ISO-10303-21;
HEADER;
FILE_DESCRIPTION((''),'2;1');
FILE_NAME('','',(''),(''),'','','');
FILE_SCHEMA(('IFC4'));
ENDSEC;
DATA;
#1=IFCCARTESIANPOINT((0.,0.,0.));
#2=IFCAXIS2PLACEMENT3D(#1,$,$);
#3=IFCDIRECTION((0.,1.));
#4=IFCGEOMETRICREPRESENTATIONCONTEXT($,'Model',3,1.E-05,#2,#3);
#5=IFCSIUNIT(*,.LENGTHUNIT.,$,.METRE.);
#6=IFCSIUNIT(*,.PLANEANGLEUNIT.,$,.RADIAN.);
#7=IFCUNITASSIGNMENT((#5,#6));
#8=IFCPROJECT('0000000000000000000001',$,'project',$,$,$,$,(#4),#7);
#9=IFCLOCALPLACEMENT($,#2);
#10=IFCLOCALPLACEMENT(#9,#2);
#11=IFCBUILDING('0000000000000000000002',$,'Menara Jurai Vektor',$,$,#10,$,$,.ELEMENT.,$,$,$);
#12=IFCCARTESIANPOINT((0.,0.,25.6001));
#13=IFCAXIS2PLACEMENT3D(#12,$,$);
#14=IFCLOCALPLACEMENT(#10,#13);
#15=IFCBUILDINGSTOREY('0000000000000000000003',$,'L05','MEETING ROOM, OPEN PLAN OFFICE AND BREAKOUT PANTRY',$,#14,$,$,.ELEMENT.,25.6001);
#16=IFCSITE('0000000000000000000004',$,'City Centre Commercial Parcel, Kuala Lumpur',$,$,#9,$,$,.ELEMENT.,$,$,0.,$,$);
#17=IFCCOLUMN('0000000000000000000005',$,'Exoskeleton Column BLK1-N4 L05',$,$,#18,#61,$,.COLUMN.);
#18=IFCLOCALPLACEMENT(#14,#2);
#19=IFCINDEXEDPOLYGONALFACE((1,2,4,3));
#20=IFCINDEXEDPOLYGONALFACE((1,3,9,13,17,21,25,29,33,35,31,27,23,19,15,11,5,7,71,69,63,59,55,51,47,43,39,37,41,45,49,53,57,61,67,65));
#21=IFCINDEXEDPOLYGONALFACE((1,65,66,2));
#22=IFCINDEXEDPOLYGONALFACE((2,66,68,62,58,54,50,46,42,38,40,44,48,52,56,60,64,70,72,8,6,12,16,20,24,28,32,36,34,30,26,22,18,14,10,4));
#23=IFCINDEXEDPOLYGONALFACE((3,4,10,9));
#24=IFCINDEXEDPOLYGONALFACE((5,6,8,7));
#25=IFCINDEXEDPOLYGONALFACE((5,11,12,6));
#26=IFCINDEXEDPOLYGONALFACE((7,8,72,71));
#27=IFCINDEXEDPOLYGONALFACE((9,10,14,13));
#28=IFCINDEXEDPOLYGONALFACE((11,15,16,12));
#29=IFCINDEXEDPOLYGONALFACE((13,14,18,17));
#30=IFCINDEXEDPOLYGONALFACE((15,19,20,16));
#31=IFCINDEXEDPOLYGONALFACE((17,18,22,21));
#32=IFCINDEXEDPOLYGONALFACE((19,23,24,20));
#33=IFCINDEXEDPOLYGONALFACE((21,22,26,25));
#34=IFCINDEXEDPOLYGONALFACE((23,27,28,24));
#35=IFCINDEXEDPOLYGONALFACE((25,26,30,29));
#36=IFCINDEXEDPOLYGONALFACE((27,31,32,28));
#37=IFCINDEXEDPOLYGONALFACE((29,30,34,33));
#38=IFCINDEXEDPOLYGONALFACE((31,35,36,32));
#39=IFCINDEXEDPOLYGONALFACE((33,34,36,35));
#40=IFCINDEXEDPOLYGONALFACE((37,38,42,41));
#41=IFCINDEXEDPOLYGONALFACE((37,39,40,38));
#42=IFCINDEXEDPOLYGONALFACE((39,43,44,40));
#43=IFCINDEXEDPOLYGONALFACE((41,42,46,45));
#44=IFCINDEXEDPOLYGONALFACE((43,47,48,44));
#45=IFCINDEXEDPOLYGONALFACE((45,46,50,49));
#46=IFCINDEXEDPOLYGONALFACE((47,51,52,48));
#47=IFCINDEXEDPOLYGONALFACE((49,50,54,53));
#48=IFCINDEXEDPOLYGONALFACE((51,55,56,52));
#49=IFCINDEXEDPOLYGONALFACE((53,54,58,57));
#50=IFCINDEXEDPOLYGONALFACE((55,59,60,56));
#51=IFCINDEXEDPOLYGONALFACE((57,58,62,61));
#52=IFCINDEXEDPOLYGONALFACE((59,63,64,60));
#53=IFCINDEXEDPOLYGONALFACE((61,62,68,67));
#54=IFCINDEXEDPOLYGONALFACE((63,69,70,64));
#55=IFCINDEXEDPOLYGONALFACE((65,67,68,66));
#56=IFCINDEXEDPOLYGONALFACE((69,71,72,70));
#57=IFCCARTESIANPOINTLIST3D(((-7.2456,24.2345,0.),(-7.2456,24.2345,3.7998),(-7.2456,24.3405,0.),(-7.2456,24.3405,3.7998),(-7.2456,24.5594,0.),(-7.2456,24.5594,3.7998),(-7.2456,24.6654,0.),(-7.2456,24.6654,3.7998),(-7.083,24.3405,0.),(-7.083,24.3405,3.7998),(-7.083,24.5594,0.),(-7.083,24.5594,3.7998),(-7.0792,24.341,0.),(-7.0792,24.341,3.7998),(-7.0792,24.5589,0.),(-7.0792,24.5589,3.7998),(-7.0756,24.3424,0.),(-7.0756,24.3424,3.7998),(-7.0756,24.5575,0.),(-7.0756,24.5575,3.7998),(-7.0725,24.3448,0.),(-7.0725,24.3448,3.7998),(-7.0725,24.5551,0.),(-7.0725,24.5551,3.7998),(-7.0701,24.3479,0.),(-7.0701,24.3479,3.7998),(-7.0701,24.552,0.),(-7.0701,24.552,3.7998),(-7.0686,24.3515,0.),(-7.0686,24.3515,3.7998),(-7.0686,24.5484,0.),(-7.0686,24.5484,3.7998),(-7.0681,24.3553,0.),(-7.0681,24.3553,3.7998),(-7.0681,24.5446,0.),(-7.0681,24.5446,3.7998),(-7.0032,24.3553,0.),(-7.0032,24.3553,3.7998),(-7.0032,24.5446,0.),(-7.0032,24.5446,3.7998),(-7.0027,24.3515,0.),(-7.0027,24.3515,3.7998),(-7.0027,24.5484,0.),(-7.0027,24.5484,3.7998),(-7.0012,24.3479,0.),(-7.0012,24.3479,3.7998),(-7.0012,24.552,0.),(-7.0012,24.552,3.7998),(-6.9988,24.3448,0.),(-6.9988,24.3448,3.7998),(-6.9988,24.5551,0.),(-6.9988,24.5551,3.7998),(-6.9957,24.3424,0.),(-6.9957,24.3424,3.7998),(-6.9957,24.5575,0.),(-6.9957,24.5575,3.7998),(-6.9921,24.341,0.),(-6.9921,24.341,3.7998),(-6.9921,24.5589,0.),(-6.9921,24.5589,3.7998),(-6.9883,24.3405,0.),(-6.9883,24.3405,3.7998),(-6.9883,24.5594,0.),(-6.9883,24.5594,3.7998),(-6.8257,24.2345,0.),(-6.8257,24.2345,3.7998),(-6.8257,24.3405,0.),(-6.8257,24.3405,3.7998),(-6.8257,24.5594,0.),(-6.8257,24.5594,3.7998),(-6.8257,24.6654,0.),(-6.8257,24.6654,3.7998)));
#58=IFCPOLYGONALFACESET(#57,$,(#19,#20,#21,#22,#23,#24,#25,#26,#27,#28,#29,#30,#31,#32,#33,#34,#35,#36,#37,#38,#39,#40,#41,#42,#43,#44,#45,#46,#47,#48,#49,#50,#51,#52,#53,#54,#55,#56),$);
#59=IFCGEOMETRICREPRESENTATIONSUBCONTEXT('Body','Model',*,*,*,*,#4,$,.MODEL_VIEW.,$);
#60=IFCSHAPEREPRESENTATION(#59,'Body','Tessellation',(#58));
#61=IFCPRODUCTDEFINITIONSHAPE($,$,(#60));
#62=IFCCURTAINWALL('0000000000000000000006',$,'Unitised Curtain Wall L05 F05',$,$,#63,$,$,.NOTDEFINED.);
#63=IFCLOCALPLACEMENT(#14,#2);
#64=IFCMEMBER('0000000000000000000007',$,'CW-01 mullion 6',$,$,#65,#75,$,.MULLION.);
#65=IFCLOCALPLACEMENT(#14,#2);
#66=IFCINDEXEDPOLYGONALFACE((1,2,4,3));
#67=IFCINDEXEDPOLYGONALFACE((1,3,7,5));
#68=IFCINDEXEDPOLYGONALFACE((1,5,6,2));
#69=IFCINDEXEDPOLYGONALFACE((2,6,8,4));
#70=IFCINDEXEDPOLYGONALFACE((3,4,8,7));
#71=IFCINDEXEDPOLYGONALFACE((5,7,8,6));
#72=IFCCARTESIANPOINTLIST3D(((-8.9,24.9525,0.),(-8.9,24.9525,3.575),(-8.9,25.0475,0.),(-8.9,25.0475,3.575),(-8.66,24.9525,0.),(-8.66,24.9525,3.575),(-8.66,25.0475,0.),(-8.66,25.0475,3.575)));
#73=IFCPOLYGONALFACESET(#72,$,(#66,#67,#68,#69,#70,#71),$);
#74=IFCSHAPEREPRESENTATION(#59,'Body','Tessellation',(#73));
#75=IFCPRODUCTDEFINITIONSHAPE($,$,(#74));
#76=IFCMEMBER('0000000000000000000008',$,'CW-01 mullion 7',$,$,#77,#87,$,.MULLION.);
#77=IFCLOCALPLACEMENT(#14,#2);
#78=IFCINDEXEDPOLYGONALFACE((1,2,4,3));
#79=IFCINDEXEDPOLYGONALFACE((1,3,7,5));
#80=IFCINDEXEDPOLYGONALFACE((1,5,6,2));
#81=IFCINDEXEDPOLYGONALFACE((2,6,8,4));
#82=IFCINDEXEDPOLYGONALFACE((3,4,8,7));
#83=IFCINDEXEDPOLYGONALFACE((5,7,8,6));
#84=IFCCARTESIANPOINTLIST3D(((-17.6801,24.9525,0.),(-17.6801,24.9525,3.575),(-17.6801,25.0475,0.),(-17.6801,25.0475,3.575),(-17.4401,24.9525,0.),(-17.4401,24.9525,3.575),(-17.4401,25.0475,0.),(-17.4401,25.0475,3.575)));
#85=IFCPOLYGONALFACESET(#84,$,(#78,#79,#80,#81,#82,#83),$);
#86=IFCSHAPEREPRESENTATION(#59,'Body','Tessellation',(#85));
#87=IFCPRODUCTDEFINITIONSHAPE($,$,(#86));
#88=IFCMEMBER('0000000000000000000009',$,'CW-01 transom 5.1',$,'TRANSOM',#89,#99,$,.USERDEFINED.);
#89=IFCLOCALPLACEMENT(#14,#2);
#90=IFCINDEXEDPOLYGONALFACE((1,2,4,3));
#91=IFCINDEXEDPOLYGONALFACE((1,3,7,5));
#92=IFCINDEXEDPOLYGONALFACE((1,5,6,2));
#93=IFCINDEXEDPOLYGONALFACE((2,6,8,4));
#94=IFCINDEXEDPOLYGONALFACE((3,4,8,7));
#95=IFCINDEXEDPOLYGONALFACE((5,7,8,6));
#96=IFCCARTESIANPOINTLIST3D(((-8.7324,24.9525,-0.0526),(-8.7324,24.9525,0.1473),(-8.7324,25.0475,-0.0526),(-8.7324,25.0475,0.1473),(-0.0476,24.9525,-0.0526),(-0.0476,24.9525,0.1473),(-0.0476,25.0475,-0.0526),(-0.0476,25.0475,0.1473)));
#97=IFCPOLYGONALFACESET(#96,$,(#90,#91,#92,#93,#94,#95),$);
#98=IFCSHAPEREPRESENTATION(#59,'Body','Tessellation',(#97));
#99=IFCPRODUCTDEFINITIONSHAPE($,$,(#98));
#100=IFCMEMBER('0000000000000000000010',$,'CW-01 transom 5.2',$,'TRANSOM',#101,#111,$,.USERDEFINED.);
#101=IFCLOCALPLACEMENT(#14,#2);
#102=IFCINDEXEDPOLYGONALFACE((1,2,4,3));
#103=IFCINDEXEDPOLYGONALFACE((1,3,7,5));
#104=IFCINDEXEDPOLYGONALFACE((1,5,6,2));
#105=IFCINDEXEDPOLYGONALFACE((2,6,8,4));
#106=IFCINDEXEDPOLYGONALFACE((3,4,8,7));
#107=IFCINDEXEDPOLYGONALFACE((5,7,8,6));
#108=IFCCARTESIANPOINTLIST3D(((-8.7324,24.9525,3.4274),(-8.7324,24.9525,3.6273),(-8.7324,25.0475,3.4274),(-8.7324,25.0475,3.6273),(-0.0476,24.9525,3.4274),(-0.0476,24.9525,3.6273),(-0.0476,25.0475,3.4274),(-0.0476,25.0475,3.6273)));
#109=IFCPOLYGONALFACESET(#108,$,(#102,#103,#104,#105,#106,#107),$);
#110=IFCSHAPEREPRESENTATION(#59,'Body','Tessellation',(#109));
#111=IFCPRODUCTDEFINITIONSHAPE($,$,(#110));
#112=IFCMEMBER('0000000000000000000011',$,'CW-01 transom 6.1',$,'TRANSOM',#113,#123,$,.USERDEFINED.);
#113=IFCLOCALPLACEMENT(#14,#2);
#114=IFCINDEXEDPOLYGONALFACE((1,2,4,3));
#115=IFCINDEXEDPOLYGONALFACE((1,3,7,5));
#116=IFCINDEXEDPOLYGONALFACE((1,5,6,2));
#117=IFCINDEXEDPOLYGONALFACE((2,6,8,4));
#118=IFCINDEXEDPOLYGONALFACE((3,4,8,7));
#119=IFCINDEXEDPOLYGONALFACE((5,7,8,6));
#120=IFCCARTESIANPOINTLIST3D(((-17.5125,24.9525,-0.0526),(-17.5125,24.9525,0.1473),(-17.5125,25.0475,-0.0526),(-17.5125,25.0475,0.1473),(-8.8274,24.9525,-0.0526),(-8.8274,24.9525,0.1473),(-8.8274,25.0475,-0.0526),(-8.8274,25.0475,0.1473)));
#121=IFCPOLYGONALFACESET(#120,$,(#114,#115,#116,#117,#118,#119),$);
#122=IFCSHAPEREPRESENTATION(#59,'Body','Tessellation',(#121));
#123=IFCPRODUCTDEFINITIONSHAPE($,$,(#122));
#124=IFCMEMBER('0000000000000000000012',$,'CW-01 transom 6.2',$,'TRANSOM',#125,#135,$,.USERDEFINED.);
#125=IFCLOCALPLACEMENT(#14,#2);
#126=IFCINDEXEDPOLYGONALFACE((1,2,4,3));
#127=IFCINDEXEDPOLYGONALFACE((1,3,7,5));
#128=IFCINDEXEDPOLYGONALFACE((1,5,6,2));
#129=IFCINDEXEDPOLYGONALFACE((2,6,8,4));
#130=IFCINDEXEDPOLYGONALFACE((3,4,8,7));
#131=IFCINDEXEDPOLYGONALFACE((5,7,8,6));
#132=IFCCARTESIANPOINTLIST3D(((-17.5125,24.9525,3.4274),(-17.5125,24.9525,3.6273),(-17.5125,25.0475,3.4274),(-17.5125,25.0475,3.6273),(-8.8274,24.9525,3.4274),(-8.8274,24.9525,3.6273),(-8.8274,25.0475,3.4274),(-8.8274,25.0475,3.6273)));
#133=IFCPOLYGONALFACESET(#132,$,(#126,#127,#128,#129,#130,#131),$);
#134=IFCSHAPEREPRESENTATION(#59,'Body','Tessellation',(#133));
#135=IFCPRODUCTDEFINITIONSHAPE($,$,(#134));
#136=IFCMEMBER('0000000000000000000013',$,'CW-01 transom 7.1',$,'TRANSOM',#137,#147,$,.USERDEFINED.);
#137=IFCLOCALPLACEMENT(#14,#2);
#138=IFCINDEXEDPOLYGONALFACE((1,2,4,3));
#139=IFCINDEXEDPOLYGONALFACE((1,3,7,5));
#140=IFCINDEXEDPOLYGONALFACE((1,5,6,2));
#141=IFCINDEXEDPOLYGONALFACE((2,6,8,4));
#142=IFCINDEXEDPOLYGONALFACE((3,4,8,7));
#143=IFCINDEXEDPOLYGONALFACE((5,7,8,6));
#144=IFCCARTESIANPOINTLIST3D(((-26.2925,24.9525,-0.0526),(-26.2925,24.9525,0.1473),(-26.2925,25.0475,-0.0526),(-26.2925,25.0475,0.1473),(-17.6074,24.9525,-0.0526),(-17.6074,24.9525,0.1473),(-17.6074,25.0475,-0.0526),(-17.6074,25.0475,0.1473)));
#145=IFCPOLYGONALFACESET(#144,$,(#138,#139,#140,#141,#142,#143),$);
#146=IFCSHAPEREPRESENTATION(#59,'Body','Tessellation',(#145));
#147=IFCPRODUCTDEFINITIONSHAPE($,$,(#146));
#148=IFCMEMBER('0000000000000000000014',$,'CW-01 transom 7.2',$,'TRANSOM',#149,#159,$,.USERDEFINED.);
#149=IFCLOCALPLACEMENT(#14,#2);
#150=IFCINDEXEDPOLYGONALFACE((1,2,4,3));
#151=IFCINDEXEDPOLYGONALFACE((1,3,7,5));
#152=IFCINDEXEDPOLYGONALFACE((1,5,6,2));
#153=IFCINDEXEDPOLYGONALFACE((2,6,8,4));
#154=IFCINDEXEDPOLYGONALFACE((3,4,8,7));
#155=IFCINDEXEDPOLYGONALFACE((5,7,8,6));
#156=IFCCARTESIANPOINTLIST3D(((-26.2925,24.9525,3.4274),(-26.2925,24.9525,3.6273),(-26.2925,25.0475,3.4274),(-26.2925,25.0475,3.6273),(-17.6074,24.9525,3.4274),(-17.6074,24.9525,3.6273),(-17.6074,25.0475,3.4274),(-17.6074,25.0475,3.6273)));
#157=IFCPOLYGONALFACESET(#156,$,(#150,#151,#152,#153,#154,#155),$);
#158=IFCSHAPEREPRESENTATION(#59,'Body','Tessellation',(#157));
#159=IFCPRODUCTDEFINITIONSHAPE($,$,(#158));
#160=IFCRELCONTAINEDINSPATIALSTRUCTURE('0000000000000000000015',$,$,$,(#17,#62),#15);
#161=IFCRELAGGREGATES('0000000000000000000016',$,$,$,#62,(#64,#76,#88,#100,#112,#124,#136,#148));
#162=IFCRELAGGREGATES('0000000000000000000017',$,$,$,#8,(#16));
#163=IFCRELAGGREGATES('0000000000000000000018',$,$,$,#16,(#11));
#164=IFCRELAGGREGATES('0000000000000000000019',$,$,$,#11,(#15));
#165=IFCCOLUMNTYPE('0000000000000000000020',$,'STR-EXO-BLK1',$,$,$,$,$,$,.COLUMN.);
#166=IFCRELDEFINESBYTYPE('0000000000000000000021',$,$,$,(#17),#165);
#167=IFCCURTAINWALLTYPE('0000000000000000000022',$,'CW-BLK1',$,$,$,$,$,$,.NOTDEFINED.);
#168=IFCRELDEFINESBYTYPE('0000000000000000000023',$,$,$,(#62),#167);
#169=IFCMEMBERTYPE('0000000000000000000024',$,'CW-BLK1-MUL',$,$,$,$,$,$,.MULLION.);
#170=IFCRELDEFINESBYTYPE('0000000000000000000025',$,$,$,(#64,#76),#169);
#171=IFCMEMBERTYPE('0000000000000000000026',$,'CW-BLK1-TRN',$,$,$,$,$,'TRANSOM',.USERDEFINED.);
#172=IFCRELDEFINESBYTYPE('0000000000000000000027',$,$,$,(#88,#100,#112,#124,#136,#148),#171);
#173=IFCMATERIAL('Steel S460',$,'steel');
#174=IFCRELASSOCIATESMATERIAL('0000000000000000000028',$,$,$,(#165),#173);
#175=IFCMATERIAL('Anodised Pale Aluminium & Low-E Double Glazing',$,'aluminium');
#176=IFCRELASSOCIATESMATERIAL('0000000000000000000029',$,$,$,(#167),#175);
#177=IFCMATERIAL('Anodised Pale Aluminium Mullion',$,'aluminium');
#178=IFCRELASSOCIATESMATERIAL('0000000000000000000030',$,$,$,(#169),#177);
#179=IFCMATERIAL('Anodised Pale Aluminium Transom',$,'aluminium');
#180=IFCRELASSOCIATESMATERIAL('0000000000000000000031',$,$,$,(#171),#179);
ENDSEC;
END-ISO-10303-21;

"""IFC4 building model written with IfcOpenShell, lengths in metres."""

from ifc_helpers import new_model, si_unit, direction, frame, origin, origin_2d, place, context, subcontext, project, spatial, rectangle, i_section, extrude, material, material_profile, profile_set, type_object, element, aggregate, save


model = new_model("IFC4")

# Units and contexts
model_context = context("Model", 3, precision=1e-05, world=origin(), true_north=direction((0.0, 1.0)))
body_context = subcontext(model_context, "Body", "Model", "MODEL_VIEW")
ifc_project = project(units=[si_unit("LENGTHUNIT", "METRE"), si_unit("PLANEANGLEUNIT", "RADIAN")], contexts=[model_context])

# Site, building, storey
site_placement = place(None, origin())
site = spatial("IfcSite", under=ifc_project, at=site_placement, Name="City Centre Commercial Parcel, Kuala Lumpur", CompositionType="ELEMENT", RefElevation=0.0)
building_placement = place(site_placement, origin())
building = spatial("IfcBuilding", under=site, at=building_placement, Name="Menara Jurai Vektor", CompositionType="ELEMENT")
storey_placement = place(building_placement, frame((0.0, 0.0, 25.6001)))
storey = spatial("IfcBuildingStorey", under=building, at=storey_placement, Name="L05", Description="MEETING ROOM, OPEN PLAN OFFICE AND BREAKOUT PANTRY", CompositionType="ELEMENT", Elevation=25.6001)

# Column
ifc_material_1 = material(Name="Steel S460", Category="steel")
ifc_material_profile_1 = material_profile(ifc_material_1, i_section(OverallWidth=0.4199, OverallDepth=0.4309, WebThickness=0.0649, FlangeThickness=0.106, FilletRadius=0.0149, at=origin_2d()), Name="HD 400x900")
ifc_profile_set_1 = profile_set([ifc_material_profile_1], Name="Steel S460")
column_type = type_object("IfcColumnType", Name="STR-EXO-BLK1", PredefinedType="COLUMN", material=ifc_profile_set_1)
column_placement = place(storey_placement, frame((-7.0356, 24.45, 0.0), z_axis=(0.0, 0.0, 1.0), x_axis=(1.0, 0.0, 0.0)))
element("IfcColumn", 1, at=column_placement, inside=storey, type_object=column_type, Name="Exoskeleton Column BLK1-N4 L05", PredefinedType="COLUMN", context=body_context, shape_type="SweptSolid", body=[
    extrude(i_section(OverallWidth=0.4199, OverallDepth=0.4309, WebThickness=0.0649, FlangeThickness=0.106, FilletRadius=0.0149, at=origin_2d()), origin(), (0.0, 0.0, 1.0), 3.7998),
])

# Curtain wall, members
ifc_material_2 = material(Name="Anodised Pale Aluminium & Low-E Double Glazing", Category="aluminium")
curtain_wall_type = type_object("IfcCurtainWallType", Name="CW-BLK1", PredefinedType="NOTDEFINED", material=ifc_material_2)
curtain_wall_placement = place(storey_placement, origin())
curtain_wall = element("IfcCurtainWall", 2, at=curtain_wall_placement, inside=storey, type_object=curtain_wall_type, Name="Unitised Curtain Wall L05 F05", PredefinedType="NOTDEFINED")
ifc_material_3 = material(Name="Anodised Pale Aluminium Mullion", Category="aluminium")
ifc_material_profile_2 = material_profile(ifc_material_3, rectangle(XDim=0.095, YDim=0.24, at=origin_2d()), Name="ALU MUL 95x240")
ifc_profile_set_2 = profile_set([ifc_material_profile_2], Name="Anodised Pale Aluminium Mullion")
member_type_1 = type_object("IfcMemberType", Name="CW-BLK1-MUL", PredefinedType="MULLION", material=ifc_profile_set_2)
member_1_placement = place(storey_placement, frame((-8.78, 25.0, 0.0), z_axis=(0.0, 0.0, 1.0), x_axis=(0.0, -1.0, 0.0)))
member_1 = element("IfcMember", 3, at=member_1_placement, type_object=member_type_1, Name="CW-01 mullion 6", PredefinedType="MULLION", context=body_context, shape_type="SweptSolid", body=[
    extrude(rectangle(XDim=0.095, YDim=0.24, at=origin_2d()), origin(), (0.0, 0.0, 1.0), 3.575),
])
member_2_placement = place(storey_placement, frame((-17.5601, 25.0, 0.0), z_axis=(0.0, 0.0, 1.0), x_axis=(0.0, -1.0, 0.0)))
member_2 = element("IfcMember", 4, at=member_2_placement, type_object=member_type_1, Name="CW-01 mullion 7", PredefinedType="MULLION", context=body_context, shape_type="SweptSolid", body=[
    extrude(rectangle(XDim=0.095, YDim=0.24, at=origin_2d()), origin(), (0.0, 0.0, 1.0), 3.575),
])
ifc_material_4 = material(Name="Anodised Pale Aluminium Transom", Category="aluminium")
ifc_material_profile_3 = material_profile(ifc_material_4, rectangle(XDim=0.095, YDim=0.2, at=origin_2d()), Name="ALU TRN 95x200")
ifc_profile_set_3 = profile_set([ifc_material_profile_3], Name="Anodised Pale Aluminium Transom")
member_type_2 = type_object("IfcMemberType", Name="CW-BLK1-TRN", ElementType="TRANSOM", PredefinedType="USERDEFINED", material=ifc_profile_set_3)
member_3_placement = place(storey_placement, frame((-0.0476, 25.0, 0.0474), z_axis=(-1.0, 0.0, 0.0), x_axis=(0.0, -1.0, 0.0)))
member_3 = element("IfcMember", 5, at=member_3_placement, type_object=member_type_2, Name="CW-01 transom 5.1", ObjectType="TRANSOM", PredefinedType="USERDEFINED", context=body_context, shape_type="SweptSolid", body=[
    extrude(rectangle(XDim=0.095, YDim=0.2, at=origin_2d()), origin(), (0.0, 0.0, 1.0), 8.6848),
])
member_4_placement = place(storey_placement, frame((-0.0476, 25.0, 3.5273), z_axis=(-1.0, 0.0, 0.0), x_axis=(0.0, -1.0, 0.0)))
member_4 = element("IfcMember", 6, at=member_4_placement, type_object=member_type_2, Name="CW-01 transom 5.2", ObjectType="TRANSOM", PredefinedType="USERDEFINED", context=body_context, shape_type="SweptSolid", body=[
    extrude(rectangle(XDim=0.095, YDim=0.2, at=origin_2d()), origin(), (0.0, 0.0, 1.0), 8.6848),
])
member_5_placement = place(storey_placement, frame((-8.8274, 25.0, 0.0474), z_axis=(-1.0, 0.0, 0.0), x_axis=(0.0, -1.0, 0.0)))
member_5 = element("IfcMember", 7, at=member_5_placement, type_object=member_type_2, Name="CW-01 transom 6.1", ObjectType="TRANSOM", PredefinedType="USERDEFINED", context=body_context, shape_type="SweptSolid", body=[
    extrude(rectangle(XDim=0.095, YDim=0.2, at=origin_2d()), origin(), (0.0, 0.0, 1.0), 8.6851),
])
member_6_placement = place(storey_placement, frame((-8.8274, 25.0, 3.5273), z_axis=(-1.0, 0.0, 0.0), x_axis=(0.0, -1.0, 0.0)))
member_6 = element("IfcMember", 8, at=member_6_placement, type_object=member_type_2, Name="CW-01 transom 6.2", ObjectType="TRANSOM", PredefinedType="USERDEFINED", context=body_context, shape_type="SweptSolid", body=[
    extrude(rectangle(XDim=0.095, YDim=0.2, at=origin_2d()), origin(), (0.0, 0.0, 1.0), 8.6851),
])
member_7_placement = place(storey_placement, frame((-17.6074, 25.0, 0.0474), z_axis=(-1.0, 0.0, 0.0), x_axis=(0.0, -1.0, 0.0)))
member_7 = element("IfcMember", 9, at=member_7_placement, type_object=member_type_2, Name="CW-01 transom 7.1", ObjectType="TRANSOM", PredefinedType="USERDEFINED", context=body_context, shape_type="SweptSolid", body=[
    extrude(rectangle(XDim=0.095, YDim=0.2, at=origin_2d()), origin(), (0.0, 0.0, 1.0), 8.6851),
])
member_8_placement = place(storey_placement, frame((-17.6074, 25.0, 3.5273), z_axis=(-1.0, 0.0, 0.0), x_axis=(0.0, -1.0, 0.0)))
member_8 = element("IfcMember", 10, at=member_8_placement, type_object=member_type_2, Name="CW-01 transom 7.2", ObjectType="TRANSOM", PredefinedType="USERDEFINED", context=body_context, shape_type="SweptSolid", body=[
    extrude(rectangle(XDim=0.095, YDim=0.2, at=origin_2d()), origin(), (0.0, 0.0, 1.0), 8.6851),
])

aggregate(curtain_wall, [member_1, member_2, member_3, member_4, member_5, member_6, member_7, member_8])

save(model, "model.ifc")
